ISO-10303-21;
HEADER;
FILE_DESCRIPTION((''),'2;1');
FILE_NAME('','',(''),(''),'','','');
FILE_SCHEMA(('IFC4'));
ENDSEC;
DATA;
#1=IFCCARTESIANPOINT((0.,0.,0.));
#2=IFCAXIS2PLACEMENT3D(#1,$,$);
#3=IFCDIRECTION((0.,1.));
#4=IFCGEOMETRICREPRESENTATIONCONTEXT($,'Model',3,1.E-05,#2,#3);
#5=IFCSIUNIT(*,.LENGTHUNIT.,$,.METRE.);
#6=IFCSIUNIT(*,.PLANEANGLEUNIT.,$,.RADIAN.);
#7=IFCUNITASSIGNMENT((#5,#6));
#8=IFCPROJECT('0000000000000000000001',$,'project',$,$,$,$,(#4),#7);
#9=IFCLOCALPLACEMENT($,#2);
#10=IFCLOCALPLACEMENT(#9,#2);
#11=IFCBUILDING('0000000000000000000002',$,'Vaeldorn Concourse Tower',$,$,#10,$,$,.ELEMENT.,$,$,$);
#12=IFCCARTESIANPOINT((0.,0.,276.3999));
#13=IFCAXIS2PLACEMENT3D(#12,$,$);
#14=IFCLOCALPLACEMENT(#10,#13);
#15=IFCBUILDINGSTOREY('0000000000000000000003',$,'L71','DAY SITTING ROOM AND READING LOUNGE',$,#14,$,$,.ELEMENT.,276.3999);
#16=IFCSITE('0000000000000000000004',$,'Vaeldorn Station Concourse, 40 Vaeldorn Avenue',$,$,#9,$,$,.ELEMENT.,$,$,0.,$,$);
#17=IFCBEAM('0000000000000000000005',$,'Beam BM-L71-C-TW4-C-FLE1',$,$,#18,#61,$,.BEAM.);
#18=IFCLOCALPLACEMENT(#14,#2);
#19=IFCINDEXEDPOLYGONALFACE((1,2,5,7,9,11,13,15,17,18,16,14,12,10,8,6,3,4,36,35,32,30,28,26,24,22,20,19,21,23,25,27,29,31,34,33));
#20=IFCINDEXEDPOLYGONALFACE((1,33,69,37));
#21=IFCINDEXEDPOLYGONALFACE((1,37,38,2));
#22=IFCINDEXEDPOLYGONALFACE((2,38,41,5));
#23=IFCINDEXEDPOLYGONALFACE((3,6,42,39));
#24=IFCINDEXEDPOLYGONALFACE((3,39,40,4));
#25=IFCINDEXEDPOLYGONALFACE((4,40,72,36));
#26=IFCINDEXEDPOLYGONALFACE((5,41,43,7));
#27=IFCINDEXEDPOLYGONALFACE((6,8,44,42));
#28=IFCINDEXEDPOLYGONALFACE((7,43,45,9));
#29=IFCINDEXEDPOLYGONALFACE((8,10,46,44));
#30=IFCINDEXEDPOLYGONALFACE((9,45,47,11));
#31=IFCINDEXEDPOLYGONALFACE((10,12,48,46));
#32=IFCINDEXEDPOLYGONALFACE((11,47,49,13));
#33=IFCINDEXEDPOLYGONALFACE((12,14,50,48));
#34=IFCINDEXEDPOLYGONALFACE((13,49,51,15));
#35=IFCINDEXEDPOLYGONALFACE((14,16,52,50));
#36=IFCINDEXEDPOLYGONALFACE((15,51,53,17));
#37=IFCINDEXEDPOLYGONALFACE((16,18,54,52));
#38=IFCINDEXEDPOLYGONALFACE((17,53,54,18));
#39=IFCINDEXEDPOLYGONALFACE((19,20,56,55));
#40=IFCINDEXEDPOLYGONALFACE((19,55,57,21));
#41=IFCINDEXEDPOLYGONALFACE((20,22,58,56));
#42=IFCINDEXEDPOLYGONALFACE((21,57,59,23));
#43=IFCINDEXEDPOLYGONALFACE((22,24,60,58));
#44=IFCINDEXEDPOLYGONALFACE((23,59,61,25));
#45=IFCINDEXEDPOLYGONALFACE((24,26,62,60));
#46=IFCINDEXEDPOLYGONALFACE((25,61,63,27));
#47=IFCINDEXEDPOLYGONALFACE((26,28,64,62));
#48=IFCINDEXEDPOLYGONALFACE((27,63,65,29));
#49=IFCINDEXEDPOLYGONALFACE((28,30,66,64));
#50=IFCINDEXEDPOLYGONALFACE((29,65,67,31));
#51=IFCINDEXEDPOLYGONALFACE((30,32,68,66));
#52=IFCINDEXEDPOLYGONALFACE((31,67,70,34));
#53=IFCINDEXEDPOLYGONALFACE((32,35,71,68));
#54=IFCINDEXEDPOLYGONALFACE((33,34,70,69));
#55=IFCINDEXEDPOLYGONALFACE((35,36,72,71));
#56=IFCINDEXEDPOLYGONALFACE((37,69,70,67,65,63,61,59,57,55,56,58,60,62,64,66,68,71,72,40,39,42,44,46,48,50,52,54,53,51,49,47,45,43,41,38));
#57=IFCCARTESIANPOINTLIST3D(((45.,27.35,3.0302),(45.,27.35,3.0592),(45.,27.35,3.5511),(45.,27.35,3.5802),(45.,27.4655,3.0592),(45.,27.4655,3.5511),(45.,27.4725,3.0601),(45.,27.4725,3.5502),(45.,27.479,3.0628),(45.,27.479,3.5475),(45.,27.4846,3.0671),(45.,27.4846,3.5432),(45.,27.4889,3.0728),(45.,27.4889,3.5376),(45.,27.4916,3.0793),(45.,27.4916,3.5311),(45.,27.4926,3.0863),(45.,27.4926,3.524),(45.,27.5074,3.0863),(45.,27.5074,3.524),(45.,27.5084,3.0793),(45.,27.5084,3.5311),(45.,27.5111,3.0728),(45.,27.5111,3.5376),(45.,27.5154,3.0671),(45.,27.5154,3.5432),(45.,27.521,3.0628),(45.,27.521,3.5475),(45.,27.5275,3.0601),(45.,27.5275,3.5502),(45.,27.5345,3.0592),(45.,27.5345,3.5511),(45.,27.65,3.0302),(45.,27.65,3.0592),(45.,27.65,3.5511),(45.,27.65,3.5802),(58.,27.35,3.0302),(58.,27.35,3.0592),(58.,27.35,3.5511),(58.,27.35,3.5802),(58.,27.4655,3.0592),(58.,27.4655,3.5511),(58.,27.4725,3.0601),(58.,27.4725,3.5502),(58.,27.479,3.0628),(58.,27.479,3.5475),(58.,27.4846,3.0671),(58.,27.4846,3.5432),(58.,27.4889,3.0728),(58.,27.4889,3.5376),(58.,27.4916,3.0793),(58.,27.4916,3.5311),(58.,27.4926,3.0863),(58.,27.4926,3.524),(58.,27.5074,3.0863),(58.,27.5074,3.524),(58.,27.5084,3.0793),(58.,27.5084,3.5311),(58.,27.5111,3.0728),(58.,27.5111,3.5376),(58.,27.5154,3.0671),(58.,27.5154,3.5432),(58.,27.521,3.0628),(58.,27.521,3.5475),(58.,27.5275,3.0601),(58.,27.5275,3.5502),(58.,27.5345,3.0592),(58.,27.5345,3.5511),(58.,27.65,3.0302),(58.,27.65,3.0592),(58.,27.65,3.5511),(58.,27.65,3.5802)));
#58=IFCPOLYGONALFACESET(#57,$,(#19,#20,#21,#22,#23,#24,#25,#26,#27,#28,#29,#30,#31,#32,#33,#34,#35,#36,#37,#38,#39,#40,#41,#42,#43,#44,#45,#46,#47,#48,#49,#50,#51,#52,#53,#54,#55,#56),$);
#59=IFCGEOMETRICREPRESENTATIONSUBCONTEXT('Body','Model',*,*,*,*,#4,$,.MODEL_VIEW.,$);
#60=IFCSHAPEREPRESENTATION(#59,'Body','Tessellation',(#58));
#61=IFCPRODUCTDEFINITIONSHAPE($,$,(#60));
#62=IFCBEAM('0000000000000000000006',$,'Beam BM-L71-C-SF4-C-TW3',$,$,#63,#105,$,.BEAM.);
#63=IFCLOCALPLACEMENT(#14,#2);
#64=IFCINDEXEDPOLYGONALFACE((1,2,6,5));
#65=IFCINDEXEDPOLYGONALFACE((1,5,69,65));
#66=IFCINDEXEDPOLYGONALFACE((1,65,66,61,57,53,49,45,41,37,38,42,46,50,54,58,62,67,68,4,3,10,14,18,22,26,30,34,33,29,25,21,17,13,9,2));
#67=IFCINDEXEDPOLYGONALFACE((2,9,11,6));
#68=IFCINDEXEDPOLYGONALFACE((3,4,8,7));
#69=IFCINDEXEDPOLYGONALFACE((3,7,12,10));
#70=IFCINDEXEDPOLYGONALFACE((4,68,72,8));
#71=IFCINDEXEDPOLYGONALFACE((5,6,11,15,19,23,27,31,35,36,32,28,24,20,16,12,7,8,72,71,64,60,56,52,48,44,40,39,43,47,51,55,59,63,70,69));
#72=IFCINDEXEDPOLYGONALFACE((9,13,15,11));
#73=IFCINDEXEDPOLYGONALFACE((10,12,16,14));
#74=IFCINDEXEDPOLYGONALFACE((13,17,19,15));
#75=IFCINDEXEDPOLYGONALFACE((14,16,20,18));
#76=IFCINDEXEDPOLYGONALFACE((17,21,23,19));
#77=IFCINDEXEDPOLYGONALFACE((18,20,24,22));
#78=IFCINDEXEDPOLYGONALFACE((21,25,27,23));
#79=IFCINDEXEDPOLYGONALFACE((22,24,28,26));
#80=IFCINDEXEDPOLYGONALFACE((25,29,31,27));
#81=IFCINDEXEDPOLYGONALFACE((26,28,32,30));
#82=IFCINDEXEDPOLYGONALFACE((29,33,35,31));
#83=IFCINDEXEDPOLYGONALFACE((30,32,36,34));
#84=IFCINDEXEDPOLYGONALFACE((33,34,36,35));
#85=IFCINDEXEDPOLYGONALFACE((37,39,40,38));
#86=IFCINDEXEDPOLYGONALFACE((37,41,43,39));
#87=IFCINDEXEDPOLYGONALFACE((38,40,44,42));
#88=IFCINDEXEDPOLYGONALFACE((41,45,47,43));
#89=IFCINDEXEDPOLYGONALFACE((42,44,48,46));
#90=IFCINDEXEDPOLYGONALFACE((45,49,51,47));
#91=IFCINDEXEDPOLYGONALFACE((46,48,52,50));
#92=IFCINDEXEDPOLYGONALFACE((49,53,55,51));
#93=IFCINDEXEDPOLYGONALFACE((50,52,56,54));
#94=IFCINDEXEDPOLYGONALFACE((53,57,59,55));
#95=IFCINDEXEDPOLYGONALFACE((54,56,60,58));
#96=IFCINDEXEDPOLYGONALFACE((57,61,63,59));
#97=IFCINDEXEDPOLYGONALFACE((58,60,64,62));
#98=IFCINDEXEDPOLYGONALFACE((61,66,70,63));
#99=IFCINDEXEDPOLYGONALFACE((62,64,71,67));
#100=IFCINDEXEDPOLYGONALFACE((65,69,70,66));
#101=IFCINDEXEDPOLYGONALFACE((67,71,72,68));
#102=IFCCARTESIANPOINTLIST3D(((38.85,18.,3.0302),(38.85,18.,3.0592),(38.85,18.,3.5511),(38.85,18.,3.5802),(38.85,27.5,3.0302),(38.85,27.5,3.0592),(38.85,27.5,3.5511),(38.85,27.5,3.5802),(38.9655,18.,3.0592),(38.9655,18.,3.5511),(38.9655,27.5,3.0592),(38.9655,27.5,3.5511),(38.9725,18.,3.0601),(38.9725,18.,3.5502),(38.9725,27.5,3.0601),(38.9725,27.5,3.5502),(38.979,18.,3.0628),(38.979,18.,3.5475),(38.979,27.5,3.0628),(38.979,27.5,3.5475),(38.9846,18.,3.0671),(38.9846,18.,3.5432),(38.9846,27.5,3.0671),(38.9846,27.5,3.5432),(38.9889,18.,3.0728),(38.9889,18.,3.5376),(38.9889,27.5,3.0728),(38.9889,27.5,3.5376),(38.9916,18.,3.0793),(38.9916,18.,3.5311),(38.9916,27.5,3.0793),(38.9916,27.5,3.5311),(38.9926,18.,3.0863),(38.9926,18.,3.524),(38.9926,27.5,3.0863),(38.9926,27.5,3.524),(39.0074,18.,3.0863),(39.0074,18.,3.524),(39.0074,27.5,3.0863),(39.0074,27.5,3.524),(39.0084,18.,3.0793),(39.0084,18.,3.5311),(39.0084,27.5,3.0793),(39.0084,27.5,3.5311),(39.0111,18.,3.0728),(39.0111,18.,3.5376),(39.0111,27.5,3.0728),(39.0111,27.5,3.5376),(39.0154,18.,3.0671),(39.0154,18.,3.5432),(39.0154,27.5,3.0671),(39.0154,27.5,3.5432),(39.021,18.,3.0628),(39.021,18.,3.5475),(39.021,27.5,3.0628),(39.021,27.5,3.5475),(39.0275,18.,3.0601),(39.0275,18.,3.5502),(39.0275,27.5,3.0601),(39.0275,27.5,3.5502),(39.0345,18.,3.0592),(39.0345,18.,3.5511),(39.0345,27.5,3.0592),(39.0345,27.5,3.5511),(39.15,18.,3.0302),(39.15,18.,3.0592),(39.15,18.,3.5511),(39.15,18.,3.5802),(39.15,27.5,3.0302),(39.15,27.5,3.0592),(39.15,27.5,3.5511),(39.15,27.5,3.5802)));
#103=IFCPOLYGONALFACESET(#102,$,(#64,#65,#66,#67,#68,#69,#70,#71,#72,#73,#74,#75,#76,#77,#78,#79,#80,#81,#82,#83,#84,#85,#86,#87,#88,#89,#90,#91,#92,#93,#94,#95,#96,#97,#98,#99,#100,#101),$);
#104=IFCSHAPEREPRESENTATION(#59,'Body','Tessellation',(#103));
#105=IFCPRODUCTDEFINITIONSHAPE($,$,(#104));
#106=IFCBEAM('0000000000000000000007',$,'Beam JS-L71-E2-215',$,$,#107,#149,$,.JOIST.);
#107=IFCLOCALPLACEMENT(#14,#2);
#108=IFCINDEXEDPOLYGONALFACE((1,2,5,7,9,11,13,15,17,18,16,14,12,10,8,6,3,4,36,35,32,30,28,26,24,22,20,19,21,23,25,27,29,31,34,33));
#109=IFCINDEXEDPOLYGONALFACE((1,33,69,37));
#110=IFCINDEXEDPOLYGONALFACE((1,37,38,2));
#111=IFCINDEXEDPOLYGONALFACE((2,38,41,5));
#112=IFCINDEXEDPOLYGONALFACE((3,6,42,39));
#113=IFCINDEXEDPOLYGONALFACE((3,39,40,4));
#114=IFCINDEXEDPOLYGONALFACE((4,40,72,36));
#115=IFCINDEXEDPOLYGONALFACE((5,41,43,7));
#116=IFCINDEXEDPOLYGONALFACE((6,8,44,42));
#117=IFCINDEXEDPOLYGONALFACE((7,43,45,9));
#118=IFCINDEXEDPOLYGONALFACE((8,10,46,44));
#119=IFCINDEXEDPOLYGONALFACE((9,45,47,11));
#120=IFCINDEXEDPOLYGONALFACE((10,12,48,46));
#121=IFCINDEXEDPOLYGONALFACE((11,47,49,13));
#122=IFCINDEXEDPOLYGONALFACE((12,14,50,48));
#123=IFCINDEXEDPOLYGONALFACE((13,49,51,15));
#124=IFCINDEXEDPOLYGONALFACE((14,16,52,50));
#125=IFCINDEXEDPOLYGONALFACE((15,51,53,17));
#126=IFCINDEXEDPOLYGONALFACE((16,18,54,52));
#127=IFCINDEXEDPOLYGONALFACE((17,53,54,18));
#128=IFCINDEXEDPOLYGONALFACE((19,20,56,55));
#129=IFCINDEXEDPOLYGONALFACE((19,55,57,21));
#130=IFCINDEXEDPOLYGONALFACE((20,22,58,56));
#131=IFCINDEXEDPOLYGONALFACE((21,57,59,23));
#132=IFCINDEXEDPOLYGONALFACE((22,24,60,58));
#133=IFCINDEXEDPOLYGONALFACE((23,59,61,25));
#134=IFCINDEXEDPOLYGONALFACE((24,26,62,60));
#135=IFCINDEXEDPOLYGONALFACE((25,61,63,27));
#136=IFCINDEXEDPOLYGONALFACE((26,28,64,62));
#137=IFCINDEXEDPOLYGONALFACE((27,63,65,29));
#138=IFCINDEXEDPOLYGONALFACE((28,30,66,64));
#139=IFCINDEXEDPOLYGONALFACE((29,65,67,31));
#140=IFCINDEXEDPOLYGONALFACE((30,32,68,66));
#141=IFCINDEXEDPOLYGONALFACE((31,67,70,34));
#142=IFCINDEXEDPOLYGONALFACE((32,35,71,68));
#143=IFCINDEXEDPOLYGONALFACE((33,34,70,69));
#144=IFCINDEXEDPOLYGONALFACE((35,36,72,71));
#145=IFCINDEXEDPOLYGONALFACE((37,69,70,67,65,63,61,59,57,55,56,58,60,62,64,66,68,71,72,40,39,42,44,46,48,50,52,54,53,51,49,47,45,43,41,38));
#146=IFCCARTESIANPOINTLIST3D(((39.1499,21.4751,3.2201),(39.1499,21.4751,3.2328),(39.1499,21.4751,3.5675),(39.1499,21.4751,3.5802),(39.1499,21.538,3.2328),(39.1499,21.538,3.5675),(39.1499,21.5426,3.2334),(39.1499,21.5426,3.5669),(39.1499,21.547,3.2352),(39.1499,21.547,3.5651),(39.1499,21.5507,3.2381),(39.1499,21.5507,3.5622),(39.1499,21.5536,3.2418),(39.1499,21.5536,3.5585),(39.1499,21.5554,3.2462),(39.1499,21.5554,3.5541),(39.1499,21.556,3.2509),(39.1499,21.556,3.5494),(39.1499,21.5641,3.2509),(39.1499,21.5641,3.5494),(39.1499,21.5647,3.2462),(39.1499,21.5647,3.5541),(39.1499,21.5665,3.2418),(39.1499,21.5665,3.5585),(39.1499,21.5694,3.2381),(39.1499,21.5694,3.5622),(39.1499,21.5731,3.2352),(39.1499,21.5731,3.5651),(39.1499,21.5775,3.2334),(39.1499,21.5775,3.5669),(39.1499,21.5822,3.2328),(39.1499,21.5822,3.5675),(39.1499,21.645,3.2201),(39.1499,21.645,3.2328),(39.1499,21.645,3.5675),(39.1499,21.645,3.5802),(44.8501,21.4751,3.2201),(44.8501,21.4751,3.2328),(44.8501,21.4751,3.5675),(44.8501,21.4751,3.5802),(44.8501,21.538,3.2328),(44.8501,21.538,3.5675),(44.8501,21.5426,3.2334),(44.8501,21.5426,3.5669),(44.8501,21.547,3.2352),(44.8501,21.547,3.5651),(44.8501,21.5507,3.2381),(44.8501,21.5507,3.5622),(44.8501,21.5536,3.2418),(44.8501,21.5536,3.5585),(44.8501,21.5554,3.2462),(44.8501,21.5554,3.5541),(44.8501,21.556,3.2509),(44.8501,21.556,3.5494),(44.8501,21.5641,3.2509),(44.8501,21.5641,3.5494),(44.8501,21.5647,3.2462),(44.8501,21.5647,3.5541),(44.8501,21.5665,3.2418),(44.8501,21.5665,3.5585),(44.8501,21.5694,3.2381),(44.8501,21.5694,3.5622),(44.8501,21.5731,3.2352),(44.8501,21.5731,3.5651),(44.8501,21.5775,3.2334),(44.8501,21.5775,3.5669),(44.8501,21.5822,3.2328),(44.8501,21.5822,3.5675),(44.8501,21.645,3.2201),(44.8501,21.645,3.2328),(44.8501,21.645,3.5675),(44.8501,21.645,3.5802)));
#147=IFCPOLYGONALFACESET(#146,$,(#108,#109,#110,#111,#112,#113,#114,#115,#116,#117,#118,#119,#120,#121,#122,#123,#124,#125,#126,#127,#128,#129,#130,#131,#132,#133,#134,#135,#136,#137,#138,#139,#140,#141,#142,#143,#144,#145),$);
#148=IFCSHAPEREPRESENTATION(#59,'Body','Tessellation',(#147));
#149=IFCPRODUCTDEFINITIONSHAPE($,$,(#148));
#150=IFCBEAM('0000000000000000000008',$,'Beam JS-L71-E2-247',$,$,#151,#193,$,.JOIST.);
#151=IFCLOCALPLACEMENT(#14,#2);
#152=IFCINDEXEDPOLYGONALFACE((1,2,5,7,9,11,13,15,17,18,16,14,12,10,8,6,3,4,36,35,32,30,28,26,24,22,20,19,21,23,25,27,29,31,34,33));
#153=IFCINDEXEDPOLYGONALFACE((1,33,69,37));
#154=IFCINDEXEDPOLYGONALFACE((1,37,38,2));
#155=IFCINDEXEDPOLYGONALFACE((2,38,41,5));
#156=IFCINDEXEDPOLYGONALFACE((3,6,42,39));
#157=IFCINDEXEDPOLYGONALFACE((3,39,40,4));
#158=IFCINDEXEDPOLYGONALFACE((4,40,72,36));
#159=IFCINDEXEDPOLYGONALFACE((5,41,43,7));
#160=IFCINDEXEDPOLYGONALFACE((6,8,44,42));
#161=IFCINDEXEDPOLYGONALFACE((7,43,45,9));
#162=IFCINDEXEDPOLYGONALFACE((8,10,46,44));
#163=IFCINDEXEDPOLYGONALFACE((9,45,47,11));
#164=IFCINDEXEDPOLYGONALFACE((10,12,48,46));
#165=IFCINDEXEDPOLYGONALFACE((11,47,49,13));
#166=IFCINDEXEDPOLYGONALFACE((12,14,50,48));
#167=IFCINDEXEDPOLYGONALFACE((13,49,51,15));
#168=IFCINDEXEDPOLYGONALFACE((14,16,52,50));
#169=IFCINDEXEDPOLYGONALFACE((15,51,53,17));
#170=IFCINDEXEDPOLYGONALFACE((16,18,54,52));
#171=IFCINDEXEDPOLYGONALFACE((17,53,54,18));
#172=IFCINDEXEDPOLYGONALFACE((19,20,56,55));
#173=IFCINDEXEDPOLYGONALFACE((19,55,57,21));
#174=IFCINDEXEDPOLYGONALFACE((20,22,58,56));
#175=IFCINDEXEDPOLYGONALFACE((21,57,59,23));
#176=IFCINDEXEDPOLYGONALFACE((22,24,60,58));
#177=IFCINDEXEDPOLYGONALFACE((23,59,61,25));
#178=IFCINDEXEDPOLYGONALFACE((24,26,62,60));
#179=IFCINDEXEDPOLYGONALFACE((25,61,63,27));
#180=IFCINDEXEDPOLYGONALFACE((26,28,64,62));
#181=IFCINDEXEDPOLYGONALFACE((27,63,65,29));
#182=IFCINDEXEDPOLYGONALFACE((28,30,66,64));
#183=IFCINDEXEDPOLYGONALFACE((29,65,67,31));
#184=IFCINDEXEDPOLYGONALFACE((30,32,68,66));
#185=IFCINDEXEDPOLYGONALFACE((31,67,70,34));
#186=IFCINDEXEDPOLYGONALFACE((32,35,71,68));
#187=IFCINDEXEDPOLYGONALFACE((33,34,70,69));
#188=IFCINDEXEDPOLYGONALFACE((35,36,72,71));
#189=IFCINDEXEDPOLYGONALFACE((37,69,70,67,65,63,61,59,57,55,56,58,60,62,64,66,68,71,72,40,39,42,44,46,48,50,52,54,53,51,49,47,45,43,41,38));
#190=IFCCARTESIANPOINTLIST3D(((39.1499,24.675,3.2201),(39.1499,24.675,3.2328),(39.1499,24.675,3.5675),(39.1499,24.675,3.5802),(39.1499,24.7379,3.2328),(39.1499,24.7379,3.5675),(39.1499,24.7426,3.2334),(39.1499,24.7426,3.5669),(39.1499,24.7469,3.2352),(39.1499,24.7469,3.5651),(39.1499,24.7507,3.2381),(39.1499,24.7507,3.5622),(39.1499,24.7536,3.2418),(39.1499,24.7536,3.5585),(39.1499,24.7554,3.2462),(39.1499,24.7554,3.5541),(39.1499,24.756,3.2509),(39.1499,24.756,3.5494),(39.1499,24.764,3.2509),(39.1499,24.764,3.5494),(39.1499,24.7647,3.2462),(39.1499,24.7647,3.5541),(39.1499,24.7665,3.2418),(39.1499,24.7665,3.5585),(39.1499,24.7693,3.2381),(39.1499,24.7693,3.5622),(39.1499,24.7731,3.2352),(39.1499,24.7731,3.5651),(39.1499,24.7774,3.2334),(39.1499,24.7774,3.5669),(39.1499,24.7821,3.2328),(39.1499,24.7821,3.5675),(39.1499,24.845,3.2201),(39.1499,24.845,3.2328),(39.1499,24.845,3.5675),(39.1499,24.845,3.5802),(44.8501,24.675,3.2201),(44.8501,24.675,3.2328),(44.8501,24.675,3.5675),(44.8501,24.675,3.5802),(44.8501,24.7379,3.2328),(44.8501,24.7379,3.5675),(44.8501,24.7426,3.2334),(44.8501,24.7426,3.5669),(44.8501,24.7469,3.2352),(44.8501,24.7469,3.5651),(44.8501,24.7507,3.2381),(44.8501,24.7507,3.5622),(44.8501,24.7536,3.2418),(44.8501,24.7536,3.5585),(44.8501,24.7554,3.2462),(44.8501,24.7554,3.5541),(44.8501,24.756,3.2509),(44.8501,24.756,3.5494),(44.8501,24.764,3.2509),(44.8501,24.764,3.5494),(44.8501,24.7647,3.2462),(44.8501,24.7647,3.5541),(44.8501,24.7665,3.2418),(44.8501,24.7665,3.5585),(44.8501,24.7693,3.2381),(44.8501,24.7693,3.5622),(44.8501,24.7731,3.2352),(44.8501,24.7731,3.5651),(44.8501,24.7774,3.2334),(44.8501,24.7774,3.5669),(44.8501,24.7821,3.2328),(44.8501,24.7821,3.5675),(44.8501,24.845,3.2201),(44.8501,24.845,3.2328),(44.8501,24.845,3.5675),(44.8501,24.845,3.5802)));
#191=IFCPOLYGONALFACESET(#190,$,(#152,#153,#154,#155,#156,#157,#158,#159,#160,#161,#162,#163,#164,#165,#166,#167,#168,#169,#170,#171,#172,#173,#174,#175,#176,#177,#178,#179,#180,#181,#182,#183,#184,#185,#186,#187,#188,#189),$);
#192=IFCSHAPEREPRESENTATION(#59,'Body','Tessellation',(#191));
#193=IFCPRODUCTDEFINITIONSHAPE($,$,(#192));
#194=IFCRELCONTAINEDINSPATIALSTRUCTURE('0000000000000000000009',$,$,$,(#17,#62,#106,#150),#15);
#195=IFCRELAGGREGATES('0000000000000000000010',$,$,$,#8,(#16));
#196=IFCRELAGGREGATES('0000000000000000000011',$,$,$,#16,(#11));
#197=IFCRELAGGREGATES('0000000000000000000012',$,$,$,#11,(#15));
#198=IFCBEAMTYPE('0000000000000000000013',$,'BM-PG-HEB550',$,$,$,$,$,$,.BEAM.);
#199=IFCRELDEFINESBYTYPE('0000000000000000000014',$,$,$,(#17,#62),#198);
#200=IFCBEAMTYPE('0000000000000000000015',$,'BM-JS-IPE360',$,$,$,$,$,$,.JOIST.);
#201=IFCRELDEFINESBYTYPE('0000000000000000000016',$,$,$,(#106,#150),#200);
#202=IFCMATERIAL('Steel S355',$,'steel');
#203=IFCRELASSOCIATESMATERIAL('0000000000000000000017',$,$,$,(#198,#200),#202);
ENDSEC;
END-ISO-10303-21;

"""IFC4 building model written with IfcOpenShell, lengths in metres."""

from ifc_helpers import new_model, si_unit, direction, frame, origin, origin_2d, place, context, subcontext, project, spatial, i_section, extrude, source, transform, mapped, material, material_profile, profile_set, type_object, element, save


model = new_model("IFC4")

# Units and contexts
model_context = context("Model", 3, precision=1e-05, world=origin(), true_north=direction((0.0, 1.0)))
body_context = subcontext(model_context, "Body", "Model", "MODEL_VIEW")
ifc_project = project(units=[si_unit("LENGTHUNIT", "METRE"), si_unit("PLANEANGLEUNIT", "RADIAN")], contexts=[model_context])

# Site, building, storey
site_placement = place(None, origin())
site = spatial("IfcSite", under=ifc_project, at=site_placement, Name="Vaeldorn Station Concourse, 40 Vaeldorn Avenue", CompositionType="ELEMENT", RefElevation=0.0)
building_placement = place(site_placement, origin())
building = spatial("IfcBuilding", under=site, at=building_placement, Name="Vaeldorn Concourse Tower", CompositionType="ELEMENT")
storey_placement = place(building_placement, frame((0.0, 0.0, 276.3999)))
storey = spatial("IfcBuildingStorey", under=building, at=storey_placement, Name="L71", Description="DAY SITTING ROOM AND READING LOUNGE", CompositionType="ELEMENT", Elevation=276.3999)

# Shared definitions
ifc_material_1 = material(Name="Steel S355", Category="steel")

# Beams
ifc_material_profile_1 = material_profile(ifc_material_1, i_section(OverallWidth=0.3, OverallDepth=0.55, WebThickness=0.0149, FlangeThickness=0.0291, FilletRadius=0.0271, at=origin_2d()), Name="HEB 550")
ifc_profile_set_1 = profile_set([ifc_material_profile_1], Name="Steel S355")
beam_type_1 = type_object("IfcBeamType", Name="BM-PG-HEB550", PredefinedType="BEAM", material=ifc_profile_set_1)
shared_shape_1 = source(origin(), body_context, "Body", "SweptSolid", [
    extrude(i_section(OverallWidth=0.3, OverallDepth=0.55, WebThickness=0.0149, FlangeThickness=0.0291, FilletRadius=0.0271, at=origin_2d()), origin(), (0.0, 0.0, 1.0), 13.0),
])
beam_1_placement = place(storey_placement, frame((45.0, 27.5, 3.3052), z_axis=(1.0, 0.0, 0.0), x_axis=(0.0, 1.0, 0.0)))
element("IfcBeam", 1, at=beam_1_placement, inside=storey, type_object=beam_type_1, Name="Beam BM-L71-C-TW4-C-FLE1", PredefinedType="BEAM", context=body_context, shape_type="MappedRepresentation", body=[
    mapped(shared_shape_1, transform((0.0, 0.0, 0.0), scale=1.0)),
])
shared_shape_2 = source(origin(), body_context, "Body", "SweptSolid", [
    extrude(i_section(OverallWidth=0.3, OverallDepth=0.55, WebThickness=0.0149, FlangeThickness=0.0291, FilletRadius=0.0271, at=origin_2d()), origin(), (0.0, 0.0, 1.0), 9.5),
])
beam_2_placement = place(storey_placement, frame((39.0, 18.0, 3.3052), z_axis=(0.0, 1.0, 0.0), x_axis=(-1.0, 0.0, 0.0)))
element("IfcBeam", 2, at=beam_2_placement, inside=storey, type_object=beam_type_1, Name="Beam BM-L71-C-SF4-C-TW3", PredefinedType="BEAM", context=body_context, shape_type="MappedRepresentation", body=[
    mapped(shared_shape_2, transform((0.0, 0.0, 0.0), scale=1.0)),
])
ifc_material_profile_2 = material_profile(ifc_material_1, i_section(OverallWidth=0.1699, OverallDepth=0.3601, WebThickness=0.0081, FlangeThickness=0.0127, FilletRadius=0.0181, at=origin_2d()), Name="IPE 360")
ifc_profile_set_2 = profile_set([ifc_material_profile_2], Name="Steel S355")
beam_type_2 = type_object("IfcBeamType", Name="BM-JS-IPE360", PredefinedType="JOIST", material=ifc_profile_set_2)
shared_shape_3 = source(origin(), body_context, "Body", "SweptSolid", [
    extrude(i_section(OverallWidth=0.1699, OverallDepth=0.3601, WebThickness=0.0081, FlangeThickness=0.0127, FilletRadius=0.0181, at=origin_2d()), origin(), (0.0, 0.0, 1.0), 5.7002),
])
for number, where, z_axis, x_axis, name in (
    (3, (39.1499, 21.5601, 3.4001), (1.0, 0.0, 0.0), (0.0, 1.0, 0.0), "Beam JS-L71-E2-215"),
    (4, (39.1499, 24.76, 3.4001), (1.0, 0.0, 0.0), (0.0, 1.0, 0.0), "Beam JS-L71-E2-247"),
):
    element("IfcBeam", number, at=place(storey_placement, frame(where, z_axis=z_axis, x_axis=x_axis)), inside=storey, type_object=beam_type_2, Name=name, PredefinedType="JOIST", context=body_context, shape_type="MappedRepresentation", body=[
        mapped(shared_shape_3, transform((0.0, 0.0, 0.0), scale=1.0)),
    ])

save(model, "model.ifc")
